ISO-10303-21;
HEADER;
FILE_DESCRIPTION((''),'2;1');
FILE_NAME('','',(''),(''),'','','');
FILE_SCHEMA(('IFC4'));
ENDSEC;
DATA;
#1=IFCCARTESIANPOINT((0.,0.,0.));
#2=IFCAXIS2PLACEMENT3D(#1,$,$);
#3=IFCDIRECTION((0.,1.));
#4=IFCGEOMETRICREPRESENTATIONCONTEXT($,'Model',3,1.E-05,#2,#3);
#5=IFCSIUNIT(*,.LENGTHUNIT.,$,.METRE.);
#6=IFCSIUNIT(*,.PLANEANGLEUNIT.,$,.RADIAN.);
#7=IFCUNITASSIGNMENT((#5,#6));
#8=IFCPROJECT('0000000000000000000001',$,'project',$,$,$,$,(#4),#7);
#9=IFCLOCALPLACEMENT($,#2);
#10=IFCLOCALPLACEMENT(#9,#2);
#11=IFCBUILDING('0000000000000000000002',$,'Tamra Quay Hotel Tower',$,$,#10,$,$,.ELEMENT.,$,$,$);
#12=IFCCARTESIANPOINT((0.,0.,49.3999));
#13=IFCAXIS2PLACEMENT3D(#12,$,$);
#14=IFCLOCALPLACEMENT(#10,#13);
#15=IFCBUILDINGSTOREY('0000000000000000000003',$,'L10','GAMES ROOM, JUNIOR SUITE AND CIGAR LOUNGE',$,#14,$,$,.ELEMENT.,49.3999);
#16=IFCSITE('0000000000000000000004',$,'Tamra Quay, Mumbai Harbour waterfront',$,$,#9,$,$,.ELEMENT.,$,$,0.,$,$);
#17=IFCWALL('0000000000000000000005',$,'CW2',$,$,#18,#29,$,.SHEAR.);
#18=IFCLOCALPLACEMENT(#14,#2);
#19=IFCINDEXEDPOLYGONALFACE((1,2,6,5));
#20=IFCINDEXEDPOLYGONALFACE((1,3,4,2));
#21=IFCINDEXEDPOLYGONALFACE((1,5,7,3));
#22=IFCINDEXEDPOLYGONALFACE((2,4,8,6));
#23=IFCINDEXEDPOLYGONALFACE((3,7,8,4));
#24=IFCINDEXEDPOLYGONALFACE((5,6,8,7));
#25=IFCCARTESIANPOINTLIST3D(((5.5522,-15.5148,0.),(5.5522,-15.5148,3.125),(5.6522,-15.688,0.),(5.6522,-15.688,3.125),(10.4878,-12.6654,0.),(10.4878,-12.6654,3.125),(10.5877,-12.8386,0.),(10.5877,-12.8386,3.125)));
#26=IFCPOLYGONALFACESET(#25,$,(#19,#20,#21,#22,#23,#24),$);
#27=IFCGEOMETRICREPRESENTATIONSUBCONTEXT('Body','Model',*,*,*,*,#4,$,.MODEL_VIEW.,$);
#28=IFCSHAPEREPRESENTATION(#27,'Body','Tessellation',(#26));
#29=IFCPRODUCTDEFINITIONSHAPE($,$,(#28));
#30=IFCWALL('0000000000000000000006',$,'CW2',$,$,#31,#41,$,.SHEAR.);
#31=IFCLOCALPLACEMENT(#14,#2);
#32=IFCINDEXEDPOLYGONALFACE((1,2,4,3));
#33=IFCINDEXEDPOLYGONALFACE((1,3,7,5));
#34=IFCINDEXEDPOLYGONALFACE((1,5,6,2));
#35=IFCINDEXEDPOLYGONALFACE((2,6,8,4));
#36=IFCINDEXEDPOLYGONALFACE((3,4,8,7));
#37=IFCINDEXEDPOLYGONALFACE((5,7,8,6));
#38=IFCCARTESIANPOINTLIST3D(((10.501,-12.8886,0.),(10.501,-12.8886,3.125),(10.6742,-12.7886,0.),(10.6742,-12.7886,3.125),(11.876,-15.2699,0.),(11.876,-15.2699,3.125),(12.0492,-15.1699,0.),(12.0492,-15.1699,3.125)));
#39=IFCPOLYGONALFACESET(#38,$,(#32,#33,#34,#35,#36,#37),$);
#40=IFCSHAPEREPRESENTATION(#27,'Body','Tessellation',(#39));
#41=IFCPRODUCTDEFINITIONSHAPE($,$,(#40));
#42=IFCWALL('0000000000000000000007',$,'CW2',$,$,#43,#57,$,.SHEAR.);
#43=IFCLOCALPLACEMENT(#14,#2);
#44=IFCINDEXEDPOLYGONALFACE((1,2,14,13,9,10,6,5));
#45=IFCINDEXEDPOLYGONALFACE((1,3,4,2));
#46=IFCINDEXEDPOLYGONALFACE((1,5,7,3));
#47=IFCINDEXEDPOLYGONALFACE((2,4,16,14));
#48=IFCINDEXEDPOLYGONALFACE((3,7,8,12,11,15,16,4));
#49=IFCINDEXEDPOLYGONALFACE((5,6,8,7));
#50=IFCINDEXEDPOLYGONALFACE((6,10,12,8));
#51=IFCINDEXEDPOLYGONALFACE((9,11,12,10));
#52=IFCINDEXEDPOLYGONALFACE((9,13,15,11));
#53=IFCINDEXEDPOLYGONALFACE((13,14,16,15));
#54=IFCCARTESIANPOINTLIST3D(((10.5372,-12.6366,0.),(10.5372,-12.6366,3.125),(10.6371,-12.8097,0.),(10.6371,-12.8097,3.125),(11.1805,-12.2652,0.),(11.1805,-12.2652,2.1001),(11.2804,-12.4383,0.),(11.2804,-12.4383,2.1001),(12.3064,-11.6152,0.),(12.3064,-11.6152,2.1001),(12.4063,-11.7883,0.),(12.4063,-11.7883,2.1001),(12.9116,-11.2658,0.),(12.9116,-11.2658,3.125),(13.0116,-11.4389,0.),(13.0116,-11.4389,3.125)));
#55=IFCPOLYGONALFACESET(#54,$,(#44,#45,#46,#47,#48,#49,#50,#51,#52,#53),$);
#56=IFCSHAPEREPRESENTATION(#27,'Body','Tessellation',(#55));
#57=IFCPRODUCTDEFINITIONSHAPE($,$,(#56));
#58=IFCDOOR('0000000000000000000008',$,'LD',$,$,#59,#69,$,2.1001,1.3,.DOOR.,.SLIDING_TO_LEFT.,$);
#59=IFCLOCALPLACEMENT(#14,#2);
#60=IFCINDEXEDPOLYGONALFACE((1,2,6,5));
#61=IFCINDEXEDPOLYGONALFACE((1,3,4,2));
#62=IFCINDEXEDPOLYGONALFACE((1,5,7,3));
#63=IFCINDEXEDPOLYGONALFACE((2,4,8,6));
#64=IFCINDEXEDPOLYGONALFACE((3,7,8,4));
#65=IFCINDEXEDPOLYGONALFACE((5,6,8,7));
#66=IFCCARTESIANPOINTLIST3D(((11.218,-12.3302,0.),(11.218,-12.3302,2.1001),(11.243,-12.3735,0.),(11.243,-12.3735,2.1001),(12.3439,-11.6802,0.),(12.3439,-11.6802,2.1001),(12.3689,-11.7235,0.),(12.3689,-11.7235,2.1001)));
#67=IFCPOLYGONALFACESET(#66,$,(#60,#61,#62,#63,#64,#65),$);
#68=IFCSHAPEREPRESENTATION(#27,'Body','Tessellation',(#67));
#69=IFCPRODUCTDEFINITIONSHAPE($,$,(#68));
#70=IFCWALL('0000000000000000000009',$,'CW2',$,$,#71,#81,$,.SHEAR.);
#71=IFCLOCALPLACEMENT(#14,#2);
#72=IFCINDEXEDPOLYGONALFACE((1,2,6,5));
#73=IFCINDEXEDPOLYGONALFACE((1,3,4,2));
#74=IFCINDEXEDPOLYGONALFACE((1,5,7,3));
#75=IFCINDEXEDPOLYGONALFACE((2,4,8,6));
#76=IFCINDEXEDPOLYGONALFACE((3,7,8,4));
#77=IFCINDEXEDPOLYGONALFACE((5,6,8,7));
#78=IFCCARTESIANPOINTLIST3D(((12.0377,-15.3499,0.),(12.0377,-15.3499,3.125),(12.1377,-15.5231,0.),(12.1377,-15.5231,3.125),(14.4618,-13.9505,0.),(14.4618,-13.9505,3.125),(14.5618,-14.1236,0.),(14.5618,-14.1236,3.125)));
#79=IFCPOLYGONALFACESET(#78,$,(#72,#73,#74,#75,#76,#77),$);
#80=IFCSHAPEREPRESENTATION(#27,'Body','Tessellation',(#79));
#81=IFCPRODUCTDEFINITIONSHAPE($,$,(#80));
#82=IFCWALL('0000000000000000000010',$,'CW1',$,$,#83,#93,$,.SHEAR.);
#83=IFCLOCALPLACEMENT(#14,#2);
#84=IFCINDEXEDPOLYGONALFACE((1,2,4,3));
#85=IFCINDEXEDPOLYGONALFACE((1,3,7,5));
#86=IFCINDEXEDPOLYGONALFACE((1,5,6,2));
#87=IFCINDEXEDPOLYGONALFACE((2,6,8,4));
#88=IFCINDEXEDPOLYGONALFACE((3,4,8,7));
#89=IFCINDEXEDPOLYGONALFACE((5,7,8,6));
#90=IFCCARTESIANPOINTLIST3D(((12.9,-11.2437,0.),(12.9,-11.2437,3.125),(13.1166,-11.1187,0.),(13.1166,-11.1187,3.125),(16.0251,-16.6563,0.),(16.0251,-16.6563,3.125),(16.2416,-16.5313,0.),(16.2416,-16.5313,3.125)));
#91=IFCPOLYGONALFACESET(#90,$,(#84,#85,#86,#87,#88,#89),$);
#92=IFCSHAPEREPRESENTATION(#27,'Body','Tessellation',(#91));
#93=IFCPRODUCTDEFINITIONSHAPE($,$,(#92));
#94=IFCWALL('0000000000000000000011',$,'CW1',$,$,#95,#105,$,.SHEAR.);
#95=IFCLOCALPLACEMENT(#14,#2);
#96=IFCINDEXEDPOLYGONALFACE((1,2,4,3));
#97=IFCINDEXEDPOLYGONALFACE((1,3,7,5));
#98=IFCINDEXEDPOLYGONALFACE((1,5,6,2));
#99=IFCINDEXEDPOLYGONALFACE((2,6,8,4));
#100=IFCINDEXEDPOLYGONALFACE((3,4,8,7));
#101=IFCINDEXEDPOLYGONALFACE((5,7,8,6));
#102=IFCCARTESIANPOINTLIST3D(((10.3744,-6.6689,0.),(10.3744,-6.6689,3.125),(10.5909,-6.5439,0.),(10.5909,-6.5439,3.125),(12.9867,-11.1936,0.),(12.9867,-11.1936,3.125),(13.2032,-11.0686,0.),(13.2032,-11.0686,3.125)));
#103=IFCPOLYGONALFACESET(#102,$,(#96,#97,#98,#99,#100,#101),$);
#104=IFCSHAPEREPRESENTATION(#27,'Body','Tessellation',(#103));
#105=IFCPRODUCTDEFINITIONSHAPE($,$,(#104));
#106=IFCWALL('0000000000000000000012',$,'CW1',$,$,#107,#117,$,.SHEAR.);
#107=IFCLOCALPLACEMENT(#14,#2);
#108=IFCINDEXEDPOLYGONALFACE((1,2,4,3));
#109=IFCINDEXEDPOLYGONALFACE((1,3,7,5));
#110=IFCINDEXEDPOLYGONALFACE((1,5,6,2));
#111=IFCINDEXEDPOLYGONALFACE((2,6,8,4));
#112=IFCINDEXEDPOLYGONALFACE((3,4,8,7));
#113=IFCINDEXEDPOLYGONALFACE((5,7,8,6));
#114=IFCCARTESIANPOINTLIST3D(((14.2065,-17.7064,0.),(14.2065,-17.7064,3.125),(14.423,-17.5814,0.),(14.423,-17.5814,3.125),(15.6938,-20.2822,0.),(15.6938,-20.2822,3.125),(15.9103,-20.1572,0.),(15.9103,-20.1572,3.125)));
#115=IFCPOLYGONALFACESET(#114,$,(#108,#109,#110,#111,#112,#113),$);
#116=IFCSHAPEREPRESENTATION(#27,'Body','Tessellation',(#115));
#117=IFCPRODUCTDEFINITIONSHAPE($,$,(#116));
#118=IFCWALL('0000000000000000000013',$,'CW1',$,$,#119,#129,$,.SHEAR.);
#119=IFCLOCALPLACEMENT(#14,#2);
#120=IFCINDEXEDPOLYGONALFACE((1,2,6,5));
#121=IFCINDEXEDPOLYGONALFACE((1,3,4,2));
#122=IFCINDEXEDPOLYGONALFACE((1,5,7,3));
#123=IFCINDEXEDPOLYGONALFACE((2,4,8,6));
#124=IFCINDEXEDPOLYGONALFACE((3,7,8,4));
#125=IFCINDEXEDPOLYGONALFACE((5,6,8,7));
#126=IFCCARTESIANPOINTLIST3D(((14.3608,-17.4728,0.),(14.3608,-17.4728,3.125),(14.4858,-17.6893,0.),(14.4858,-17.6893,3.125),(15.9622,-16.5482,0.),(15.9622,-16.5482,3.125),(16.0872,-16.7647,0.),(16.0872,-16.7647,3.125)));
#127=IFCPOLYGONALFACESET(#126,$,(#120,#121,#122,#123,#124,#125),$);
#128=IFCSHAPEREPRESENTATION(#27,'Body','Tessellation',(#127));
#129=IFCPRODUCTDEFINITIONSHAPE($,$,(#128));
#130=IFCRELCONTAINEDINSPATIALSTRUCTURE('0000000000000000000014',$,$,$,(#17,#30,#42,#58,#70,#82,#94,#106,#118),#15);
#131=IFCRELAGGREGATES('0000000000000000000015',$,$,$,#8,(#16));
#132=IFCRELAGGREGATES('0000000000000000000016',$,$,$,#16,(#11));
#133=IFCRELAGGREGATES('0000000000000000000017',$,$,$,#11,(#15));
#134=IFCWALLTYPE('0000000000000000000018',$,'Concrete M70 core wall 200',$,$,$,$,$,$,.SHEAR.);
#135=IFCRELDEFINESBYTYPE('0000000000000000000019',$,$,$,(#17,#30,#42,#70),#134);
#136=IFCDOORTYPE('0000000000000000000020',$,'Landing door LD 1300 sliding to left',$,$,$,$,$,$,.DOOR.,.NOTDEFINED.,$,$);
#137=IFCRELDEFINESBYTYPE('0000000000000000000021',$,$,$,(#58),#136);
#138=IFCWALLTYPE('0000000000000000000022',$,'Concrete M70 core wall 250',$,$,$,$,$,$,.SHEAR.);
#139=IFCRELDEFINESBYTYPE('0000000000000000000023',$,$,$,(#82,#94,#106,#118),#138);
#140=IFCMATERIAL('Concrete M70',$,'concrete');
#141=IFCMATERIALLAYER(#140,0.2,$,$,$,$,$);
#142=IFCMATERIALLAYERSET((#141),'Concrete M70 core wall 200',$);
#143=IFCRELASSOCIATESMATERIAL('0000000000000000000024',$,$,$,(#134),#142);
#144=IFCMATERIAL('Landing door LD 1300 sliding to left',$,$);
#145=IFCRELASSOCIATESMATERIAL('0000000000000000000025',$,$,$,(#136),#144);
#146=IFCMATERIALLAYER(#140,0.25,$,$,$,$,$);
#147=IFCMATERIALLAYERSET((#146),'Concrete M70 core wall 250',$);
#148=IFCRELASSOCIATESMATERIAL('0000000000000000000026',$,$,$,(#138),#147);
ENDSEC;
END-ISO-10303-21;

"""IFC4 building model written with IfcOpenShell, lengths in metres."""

from ifc_helpers import new_model, si_unit, direction, frame, frame_2d, origin, place, context, subcontext, project, spatial, rectangle, extrude, material, layer, layer_set, type_object, element, fill, save


model = new_model("IFC4")

# Units and contexts
model_context = context("Model", 3, precision=1e-05, world=origin(), true_north=direction((0.0, 1.0)))
body_context = subcontext(model_context, "Body", "Model", "MODEL_VIEW")
ifc_project = project(units=[si_unit("LENGTHUNIT", "METRE"), si_unit("PLANEANGLEUNIT", "RADIAN")], contexts=[model_context])

# Site, building, storey
site_placement = place(None, origin())
site = spatial("IfcSite", under=ifc_project, at=site_placement, Name="Tamra Quay, Mumbai Harbour waterfront", CompositionType="ELEMENT", RefElevation=0.0)
building_placement = place(site_placement, origin())
building = spatial("IfcBuilding", under=site, at=building_placement, Name="Tamra Quay Hotel Tower", CompositionType="ELEMENT")
storey_placement = place(building_placement, frame((0.0, 0.0, 49.3999)))
storey = spatial("IfcBuildingStorey", under=building, at=storey_placement, Name="L10", Description="GAMES ROOM, JUNIOR SUITE AND CIGAR LOUNGE", CompositionType="ELEMENT", Elevation=49.3999)

# Shared definitions
ifc_material_1 = material(Name="Concrete M70", Category="concrete")

# Walls
ifc_layer_1 = layer(ifc_material_1, 0.2)
ifc_layer_set_1 = layer_set([ifc_layer_1], Name="Concrete M70 core wall 200")
wall_type_1 = type_object("IfcWallType", Name="Concrete M70 core wall 200", PredefinedType="SHEAR", material=ifc_layer_set_1)
wall_1_placement = place(storey_placement, frame((10.5378, -12.752, 0.0), z_axis=(0.0, 0.0, 1.0), x_axis=(-0.866039, -0.499977, 0.0)))
element("IfcWall", 1, at=wall_1_placement, inside=storey, type_object=wall_type_1, Name="CW2", PredefinedType="SHEAR", context=body_context, shape_type="SweptSolid", body=[
    extrude(rectangle(XDim=5.699, YDim=0.2, at=frame_2d((2.8496, 0.0))), origin(), (0.0, 0.0, 1.0), 3.125),
])
wall_2_placement = place(storey_placement, frame((11.9626, -15.22, 0.0), z_axis=(0.0, 0.0, 1.0), x_axis=(-0.500035, 0.866005, 0.0)))
element("IfcWall", 2, at=wall_2_placement, inside=storey, type_object=wall_type_1, Name="CW2", PredefinedType="SHEAR", context=body_context, shape_type="SweptSolid", body=[
    extrude(rectangle(XDim=2.7498, YDim=0.2, at=frame_2d((1.375, 0.0))), origin(), (0.0, 0.0, 1.0), 3.125),
])

# Wall, opening, door
wall_3_placement = place(storey_placement, frame((10.5872, -12.7231, 0.0), z_axis=(0.0, 0.0, 1.0), x_axis=(0.866037, 0.499979, 0.0)))
wall_3 = element("IfcWall", 3, at=wall_3_placement, inside=storey, type_object=wall_type_1, Name="CW2", PredefinedType="SHEAR", context=body_context, shape_type="SweptSolid", body=[
    extrude(rectangle(XDim=2.7417, YDim=0.2, at=frame_2d((1.3708, 0.0))), origin(), (0.0, 0.0, 1.0), 3.125),
])
opening_placement = place(wall_3_placement, frame((0.7429, 0.0, 0.0)))
opening = element("IfcOpeningElement", 4, at=opening_placement, cuts=wall_3, PredefinedType="OPENING", context=body_context, shape_type="SweptSolid", body=[
    extrude(rectangle(XDim=1.3, YDim=2.1001, at=frame_2d((0.6499, 1.05))), frame((0.0, 0.1099, 0.0), z_axis=(0.0, -1.0, 0.0), x_axis=(1.0, 0.0, 0.0)), (0.0, 0.0, 1.0), 0.22),
])
ifc_material_2 = material(Name="Landing door LD 1300 sliding to left")
door_type = type_object("IfcDoorType", Name="Landing door LD 1300 sliding to left", OperationType="NOTDEFINED", PredefinedType="DOOR", material=ifc_material_2)
door_placement = place(opening_placement, origin())
door = element("IfcDoor", 5, at=door_placement, inside=storey, type_object=door_type, Name="LD", OperationType="SLIDING_TO_LEFT", OverallHeight=2.1001, OverallWidth=1.3, PredefinedType="DOOR", context=body_context, shape_type="SweptSolid", body=[
    extrude(rectangle(XDim=1.3, YDim=2.1001, at=frame_2d((0.6499, 1.05))), frame((0.0, 0.0249, 0.0), z_axis=(0.0, -1.0, 0.0), x_axis=(1.0, 0.0, 0.0)), (0.0, 0.0, 1.0), 0.05),
])
fill(opening, door)

# Walls
wall_4_placement = place(storey_placement, frame((14.5117, -14.0371, 0.0), z_axis=(0.0, 0.0, 1.0), x_axis=(-0.866045, -0.499967, 0.0)))
element("IfcWall", 6, at=wall_4_placement, inside=storey, type_object=wall_type_1, Name="CW2", PredefinedType="SHEAR", context=body_context, shape_type="SweptSolid", body=[
    extrude(rectangle(XDim=2.7991, YDim=0.2, at=frame_2d((1.3994, 0.0))), origin(), (0.0, 0.0, 1.0), 3.125),
])
ifc_layer_2 = layer(ifc_material_1, 0.25)
ifc_layer_set_2 = layer_set([ifc_layer_2], Name="Concrete M70 core wall 250")
wall_type_2 = type_object("IfcWallType", Name="Concrete M70 core wall 250", PredefinedType="SHEAR", material=ifc_layer_set_2)
wall_5_placement = place(storey_placement, frame((13.0083, -11.1812, 0.0), z_axis=(0.0, 0.0, 1.0), x_axis=(0.500004, -0.866023, 0.0)))
element("IfcWall", 7, at=wall_5_placement, inside=storey, type_object=wall_type_2, Name="CW1", PredefinedType="SHEAR", context=body_context, shape_type="SweptSolid", body=[
    extrude(rectangle(XDim=6.25, YDim=0.25, at=frame_2d((3.125, 0.0))), origin(), (0.0, 0.0, 1.0), 3.125),
])
wall_6_placement = place(storey_placement, frame((10.4827, -6.6064, 0.0), z_axis=(0.0, 0.0, 1.0), x_axis=(0.499999, -0.866026, 0.0)))
element("IfcWall", 8, at=wall_6_placement, inside=storey, type_object=wall_type_2, Name="CW1", PredefinedType="SHEAR", context=body_context, shape_type="SweptSolid", body=[
    extrude(rectangle(XDim=5.2246, YDim=0.25, at=frame_2d((2.6123, 0.0))), origin(), (0.0, 0.0, 1.0), 3.125),
])
wall_7_placement = place(storey_placement, frame((14.3147, -17.6438, 0.0), z_axis=(0.0, 0.0, 1.0), x_axis=(0.500023, -0.866012, 0.0)))
element("IfcWall", 9, at=wall_7_placement, inside=storey, type_object=wall_type_2, Name="CW1", PredefinedType="SHEAR", context=body_context, shape_type="SweptSolid", body=[
    extrude(rectangle(XDim=2.9744, YDim=0.25, at=frame_2d((1.4873, 0.0))), origin(), (0.0, 0.0, 1.0), 3.125),
])
wall_8_placement = place(storey_placement, frame((16.0247, -16.6565, 0.0), z_axis=(0.0, 0.0, 1.0), x_axis=(-0.866016, -0.500016, 0.0)))
element("IfcWall", 10, at=wall_8_placement, inside=storey, type_object=wall_type_2, Name="CW1", PredefinedType="SHEAR", context=body_context, shape_type="SweptSolid", body=[
    extrude(rectangle(XDim=1.8491, YDim=0.25, at=frame_2d((0.9246, 0.0))), origin(), (0.0, 0.0, 1.0), 3.125),
])

save(model, "model.ifc")
